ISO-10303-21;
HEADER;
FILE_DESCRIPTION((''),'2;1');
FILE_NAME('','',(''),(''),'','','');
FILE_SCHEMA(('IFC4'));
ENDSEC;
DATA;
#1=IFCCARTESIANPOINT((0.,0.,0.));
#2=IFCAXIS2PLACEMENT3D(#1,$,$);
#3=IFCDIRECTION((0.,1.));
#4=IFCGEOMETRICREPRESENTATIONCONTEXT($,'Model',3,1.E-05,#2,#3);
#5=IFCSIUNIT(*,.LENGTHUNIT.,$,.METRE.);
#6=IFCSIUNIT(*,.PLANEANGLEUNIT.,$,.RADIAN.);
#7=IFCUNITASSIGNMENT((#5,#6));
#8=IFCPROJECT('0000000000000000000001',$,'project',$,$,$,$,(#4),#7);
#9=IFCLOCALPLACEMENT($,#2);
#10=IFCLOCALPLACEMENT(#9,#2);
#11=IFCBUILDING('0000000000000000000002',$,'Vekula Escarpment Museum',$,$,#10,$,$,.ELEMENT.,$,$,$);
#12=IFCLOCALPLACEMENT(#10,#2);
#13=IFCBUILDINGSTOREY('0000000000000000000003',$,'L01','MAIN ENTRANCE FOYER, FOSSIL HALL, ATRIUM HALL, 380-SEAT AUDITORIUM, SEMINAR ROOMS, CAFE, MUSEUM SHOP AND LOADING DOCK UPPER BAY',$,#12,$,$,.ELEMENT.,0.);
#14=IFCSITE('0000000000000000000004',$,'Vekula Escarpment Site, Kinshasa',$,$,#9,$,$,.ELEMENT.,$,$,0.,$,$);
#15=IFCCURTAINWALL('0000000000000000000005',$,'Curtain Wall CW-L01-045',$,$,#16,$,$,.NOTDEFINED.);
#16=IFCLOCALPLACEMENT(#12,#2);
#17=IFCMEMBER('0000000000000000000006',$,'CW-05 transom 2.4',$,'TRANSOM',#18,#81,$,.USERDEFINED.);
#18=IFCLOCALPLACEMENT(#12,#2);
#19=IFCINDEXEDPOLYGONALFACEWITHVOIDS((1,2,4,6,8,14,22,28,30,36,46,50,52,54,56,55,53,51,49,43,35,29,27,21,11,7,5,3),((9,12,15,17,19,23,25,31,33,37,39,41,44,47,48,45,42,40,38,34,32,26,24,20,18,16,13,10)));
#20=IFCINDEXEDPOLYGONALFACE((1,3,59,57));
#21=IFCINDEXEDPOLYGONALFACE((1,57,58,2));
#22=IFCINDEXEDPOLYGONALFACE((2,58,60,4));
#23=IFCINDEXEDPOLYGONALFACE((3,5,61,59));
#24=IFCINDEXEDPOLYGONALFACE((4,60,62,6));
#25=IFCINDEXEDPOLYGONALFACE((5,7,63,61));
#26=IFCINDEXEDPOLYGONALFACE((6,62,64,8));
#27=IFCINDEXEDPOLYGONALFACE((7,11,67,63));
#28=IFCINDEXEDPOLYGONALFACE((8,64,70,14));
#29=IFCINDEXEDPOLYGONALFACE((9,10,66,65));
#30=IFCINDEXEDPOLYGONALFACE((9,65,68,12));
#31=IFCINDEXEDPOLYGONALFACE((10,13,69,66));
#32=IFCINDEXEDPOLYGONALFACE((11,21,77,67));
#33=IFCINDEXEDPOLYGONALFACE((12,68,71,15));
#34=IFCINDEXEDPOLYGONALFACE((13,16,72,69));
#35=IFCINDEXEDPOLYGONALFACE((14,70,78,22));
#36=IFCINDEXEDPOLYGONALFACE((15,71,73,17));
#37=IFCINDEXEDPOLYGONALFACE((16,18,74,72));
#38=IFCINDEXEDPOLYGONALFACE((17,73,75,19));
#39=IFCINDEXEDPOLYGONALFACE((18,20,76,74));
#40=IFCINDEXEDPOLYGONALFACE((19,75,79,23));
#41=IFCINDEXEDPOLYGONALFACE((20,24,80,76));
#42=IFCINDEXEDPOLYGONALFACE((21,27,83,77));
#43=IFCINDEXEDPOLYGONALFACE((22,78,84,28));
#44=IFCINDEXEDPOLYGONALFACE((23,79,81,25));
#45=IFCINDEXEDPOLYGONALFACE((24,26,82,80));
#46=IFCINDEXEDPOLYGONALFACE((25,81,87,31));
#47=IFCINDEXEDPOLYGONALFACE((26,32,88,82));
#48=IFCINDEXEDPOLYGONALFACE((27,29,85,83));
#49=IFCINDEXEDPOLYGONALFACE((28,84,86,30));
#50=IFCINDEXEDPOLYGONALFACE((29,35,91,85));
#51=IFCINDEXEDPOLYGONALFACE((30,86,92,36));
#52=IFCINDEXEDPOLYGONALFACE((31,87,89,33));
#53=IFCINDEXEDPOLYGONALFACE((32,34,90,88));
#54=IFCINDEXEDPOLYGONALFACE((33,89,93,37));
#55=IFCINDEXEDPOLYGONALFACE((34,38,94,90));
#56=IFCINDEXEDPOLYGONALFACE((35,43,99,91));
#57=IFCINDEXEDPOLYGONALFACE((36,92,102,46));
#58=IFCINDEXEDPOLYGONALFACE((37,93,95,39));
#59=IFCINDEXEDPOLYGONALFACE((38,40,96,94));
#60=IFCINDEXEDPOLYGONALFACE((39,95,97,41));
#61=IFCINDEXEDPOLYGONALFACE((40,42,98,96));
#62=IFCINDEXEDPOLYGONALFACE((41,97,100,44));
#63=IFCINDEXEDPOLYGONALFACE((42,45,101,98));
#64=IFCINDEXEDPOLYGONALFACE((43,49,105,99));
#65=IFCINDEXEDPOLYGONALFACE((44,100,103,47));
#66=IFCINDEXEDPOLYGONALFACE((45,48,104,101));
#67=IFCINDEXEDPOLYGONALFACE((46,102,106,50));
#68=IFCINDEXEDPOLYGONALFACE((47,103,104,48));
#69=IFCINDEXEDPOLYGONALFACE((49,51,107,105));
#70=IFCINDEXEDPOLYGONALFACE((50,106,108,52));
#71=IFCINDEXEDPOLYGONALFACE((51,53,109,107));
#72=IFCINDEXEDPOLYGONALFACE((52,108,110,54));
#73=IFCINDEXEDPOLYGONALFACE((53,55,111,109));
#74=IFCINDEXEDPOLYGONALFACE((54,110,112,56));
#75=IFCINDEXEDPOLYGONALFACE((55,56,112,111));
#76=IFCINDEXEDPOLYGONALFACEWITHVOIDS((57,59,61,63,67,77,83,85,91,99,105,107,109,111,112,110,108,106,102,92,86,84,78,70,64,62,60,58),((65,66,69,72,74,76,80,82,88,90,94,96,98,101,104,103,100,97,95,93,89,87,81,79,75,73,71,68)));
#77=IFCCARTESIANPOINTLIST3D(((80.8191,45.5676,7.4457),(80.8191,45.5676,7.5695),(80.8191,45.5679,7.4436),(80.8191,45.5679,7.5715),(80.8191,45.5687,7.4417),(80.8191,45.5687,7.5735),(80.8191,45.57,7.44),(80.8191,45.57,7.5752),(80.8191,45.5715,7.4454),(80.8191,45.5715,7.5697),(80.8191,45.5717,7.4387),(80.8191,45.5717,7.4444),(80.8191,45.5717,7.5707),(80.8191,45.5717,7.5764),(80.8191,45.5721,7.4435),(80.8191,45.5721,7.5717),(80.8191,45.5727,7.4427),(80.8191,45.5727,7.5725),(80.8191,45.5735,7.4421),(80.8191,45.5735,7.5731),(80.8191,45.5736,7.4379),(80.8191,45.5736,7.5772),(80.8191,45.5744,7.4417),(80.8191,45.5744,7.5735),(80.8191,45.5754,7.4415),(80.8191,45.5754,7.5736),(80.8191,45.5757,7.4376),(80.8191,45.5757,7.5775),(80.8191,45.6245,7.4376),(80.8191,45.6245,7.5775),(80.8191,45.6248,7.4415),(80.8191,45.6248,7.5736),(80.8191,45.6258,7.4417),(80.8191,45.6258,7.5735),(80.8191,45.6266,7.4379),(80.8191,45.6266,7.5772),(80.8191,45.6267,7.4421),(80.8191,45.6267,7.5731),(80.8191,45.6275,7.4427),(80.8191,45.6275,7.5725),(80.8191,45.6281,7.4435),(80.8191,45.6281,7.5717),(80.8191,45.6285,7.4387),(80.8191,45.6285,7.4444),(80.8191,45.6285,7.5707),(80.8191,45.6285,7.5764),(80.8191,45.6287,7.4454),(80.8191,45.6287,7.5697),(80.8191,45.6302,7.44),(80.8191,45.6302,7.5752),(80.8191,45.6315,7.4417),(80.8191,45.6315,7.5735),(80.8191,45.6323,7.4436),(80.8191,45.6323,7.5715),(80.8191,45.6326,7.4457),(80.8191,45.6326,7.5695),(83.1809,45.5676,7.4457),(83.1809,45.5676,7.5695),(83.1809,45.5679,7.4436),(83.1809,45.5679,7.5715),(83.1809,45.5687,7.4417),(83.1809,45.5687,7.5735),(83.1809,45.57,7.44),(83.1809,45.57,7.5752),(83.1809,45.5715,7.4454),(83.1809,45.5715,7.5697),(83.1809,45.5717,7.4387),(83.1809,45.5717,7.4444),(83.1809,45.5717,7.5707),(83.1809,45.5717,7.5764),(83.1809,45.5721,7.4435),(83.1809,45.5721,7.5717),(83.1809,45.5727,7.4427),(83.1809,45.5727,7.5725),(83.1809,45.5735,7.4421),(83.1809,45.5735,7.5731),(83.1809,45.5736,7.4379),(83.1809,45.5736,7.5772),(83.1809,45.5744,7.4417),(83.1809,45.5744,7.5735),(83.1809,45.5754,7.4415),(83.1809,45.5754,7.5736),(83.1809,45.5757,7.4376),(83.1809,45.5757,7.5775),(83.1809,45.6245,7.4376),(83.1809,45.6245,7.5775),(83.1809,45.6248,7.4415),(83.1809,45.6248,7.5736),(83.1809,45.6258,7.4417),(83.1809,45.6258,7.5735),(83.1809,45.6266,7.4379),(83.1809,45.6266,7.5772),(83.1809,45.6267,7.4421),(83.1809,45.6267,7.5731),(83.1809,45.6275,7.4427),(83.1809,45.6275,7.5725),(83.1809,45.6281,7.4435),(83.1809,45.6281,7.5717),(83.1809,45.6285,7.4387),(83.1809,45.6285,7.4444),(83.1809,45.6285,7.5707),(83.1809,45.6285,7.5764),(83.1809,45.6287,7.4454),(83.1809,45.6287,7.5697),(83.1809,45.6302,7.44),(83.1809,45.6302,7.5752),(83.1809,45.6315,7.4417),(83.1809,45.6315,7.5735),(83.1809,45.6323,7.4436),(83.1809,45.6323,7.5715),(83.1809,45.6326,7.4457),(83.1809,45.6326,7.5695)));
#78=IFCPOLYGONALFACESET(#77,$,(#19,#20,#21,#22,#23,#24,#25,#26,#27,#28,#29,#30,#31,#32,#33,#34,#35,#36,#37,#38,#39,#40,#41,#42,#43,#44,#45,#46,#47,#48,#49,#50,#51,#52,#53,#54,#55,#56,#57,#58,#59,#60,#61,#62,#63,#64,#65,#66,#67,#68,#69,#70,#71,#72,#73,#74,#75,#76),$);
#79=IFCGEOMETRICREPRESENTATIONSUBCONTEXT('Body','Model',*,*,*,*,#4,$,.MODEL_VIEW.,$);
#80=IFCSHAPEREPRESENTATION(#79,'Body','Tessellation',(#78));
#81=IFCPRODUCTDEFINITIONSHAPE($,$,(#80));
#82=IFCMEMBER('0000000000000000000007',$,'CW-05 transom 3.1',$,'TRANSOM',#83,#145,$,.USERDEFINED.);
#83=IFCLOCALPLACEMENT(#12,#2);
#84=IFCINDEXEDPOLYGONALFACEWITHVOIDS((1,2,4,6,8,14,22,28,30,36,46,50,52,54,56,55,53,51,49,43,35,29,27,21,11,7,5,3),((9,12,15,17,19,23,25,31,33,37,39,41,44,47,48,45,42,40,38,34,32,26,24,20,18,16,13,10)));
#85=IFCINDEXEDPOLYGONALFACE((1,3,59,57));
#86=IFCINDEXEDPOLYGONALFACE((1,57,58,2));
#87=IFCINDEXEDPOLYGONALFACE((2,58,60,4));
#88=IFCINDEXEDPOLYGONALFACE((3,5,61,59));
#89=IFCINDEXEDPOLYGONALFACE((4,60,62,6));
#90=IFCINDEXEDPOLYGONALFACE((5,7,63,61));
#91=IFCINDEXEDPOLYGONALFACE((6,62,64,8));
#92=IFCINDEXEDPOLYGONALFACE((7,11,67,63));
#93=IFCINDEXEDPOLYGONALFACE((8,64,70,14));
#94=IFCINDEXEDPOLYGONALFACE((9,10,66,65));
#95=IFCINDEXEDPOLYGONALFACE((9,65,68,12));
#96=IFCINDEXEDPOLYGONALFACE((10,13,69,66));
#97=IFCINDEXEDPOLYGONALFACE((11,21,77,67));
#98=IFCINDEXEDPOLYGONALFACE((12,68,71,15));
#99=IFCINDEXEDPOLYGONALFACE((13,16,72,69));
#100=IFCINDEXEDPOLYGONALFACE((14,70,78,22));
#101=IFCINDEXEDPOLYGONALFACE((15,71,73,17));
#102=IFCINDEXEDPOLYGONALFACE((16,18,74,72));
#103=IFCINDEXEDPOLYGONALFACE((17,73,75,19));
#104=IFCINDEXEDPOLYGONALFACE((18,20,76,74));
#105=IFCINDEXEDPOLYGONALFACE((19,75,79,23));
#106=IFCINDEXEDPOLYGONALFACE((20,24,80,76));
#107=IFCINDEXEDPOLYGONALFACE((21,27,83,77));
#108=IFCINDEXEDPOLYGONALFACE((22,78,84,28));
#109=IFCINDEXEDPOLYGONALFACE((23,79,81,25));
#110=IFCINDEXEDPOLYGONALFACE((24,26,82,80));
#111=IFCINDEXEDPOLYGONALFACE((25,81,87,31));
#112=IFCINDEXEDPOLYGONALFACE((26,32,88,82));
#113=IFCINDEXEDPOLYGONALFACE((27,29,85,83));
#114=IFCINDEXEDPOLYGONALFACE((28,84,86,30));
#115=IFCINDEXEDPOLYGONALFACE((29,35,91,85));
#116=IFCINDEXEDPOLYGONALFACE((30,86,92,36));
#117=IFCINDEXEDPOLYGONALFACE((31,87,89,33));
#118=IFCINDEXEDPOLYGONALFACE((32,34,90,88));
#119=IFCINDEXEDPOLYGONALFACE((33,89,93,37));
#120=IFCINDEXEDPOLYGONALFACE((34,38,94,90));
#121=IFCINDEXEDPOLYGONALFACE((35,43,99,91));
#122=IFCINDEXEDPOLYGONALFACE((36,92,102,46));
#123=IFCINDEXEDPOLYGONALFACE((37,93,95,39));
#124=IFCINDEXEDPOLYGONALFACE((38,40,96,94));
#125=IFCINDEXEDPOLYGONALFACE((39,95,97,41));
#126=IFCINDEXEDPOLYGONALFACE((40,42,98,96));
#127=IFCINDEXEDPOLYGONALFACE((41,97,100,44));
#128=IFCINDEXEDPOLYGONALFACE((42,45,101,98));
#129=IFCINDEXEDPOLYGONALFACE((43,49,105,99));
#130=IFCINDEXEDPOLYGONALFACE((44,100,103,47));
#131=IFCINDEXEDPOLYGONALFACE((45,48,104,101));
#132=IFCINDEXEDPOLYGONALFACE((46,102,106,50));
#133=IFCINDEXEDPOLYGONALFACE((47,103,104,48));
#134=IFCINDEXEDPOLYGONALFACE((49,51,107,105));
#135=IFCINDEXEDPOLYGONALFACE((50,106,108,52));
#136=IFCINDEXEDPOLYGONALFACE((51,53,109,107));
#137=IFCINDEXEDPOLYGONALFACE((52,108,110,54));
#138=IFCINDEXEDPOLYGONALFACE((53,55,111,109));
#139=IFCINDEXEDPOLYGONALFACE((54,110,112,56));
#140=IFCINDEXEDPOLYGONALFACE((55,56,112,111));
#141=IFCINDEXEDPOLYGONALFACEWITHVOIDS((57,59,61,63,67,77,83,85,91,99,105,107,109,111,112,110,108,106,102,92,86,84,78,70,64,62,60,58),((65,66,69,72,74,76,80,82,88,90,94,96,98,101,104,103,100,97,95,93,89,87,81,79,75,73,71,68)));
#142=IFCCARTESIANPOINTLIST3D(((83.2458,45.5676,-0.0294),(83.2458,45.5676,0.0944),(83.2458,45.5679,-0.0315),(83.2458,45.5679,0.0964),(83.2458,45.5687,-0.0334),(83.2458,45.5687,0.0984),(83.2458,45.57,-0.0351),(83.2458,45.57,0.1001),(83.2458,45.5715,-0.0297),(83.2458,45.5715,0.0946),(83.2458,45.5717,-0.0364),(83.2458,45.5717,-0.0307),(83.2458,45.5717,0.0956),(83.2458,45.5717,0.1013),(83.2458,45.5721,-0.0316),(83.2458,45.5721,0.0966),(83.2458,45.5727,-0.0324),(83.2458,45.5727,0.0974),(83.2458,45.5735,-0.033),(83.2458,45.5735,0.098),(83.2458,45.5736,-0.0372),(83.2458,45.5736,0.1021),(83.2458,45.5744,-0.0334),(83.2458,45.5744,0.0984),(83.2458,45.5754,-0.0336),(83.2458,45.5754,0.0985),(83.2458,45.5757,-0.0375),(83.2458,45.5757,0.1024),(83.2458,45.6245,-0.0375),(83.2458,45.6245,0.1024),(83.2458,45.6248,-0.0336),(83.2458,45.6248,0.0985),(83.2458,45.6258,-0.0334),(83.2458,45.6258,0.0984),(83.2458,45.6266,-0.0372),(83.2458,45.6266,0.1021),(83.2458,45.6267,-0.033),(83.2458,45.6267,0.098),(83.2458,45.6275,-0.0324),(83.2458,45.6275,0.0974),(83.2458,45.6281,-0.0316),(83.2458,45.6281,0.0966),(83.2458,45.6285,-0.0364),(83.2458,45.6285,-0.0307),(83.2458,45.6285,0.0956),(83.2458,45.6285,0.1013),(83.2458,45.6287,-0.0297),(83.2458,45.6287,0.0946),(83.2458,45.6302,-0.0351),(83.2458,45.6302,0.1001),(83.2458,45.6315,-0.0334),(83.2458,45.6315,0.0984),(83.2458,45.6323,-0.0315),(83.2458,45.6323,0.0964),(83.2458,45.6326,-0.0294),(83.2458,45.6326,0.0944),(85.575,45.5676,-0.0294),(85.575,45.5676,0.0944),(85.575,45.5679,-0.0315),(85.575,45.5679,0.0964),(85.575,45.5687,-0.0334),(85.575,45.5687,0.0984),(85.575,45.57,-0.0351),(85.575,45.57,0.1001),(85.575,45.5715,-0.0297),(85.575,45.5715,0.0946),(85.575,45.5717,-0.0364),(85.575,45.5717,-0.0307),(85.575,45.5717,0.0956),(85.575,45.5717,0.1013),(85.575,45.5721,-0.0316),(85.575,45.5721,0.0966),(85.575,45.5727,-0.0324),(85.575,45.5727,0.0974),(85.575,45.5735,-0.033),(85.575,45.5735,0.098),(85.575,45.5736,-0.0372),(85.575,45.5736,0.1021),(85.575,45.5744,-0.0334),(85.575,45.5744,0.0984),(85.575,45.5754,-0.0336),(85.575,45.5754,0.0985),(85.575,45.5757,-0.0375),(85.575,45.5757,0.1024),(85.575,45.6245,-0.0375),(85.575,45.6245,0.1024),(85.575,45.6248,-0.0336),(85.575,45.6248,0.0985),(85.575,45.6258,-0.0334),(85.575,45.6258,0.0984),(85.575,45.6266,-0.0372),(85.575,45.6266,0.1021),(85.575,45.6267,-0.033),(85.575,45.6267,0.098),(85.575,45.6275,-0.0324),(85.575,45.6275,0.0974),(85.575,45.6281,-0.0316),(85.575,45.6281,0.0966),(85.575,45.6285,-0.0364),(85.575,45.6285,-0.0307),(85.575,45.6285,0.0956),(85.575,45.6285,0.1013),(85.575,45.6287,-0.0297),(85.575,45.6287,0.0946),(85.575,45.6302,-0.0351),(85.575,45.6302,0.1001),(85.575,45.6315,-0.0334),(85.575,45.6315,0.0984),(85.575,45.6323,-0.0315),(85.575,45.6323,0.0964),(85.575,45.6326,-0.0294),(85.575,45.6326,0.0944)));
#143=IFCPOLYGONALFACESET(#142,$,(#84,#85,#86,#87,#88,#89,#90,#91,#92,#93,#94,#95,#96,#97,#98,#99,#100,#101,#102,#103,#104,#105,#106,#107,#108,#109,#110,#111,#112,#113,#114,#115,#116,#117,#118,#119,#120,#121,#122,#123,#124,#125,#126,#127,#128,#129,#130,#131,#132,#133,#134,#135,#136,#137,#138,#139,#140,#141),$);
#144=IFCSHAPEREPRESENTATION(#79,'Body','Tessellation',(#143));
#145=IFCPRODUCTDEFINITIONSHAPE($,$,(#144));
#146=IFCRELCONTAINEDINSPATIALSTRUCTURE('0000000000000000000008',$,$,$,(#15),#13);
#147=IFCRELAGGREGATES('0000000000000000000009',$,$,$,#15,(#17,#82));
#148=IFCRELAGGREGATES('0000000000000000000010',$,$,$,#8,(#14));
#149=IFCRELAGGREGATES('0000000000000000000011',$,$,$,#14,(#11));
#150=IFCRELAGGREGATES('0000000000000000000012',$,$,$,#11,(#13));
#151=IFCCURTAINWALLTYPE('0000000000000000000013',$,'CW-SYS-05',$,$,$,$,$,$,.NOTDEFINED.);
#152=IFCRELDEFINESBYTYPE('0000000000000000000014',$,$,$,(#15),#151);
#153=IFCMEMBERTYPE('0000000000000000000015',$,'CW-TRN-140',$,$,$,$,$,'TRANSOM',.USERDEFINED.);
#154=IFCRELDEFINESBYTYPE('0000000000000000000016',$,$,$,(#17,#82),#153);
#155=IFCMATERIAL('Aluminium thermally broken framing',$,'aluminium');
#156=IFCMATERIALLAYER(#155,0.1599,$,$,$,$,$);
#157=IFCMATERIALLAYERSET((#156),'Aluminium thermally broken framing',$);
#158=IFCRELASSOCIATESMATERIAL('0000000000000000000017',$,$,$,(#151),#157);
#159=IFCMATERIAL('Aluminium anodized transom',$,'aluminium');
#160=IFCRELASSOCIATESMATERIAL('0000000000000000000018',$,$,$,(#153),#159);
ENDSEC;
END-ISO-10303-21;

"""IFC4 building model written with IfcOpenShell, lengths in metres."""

from ifc_helpers import new_model, si_unit, direction, frame, origin, origin_2d, place, context, subcontext, project, spatial, hollow_rectangle, extrude, material, layer, layer_set, material_profile, profile_set, type_object, element, aggregate, save


model = new_model("IFC4")

# Units and contexts
model_context = context("Model", 3, precision=1e-05, world=origin(), true_north=direction((0.0, 1.0)))
body_context = subcontext(model_context, "Body", "Model", "MODEL_VIEW")
ifc_project = project(units=[si_unit("LENGTHUNIT", "METRE"), si_unit("PLANEANGLEUNIT", "RADIAN")], contexts=[model_context])

# Site, building, storey
site_placement = place(None, origin())
site = spatial("IfcSite", under=ifc_project, at=site_placement, Name="Vekula Escarpment Site, Kinshasa", CompositionType="ELEMENT", RefElevation=0.0)
building_placement = place(site_placement, origin())
building = spatial("IfcBuilding", under=site, at=building_placement, Name="Vekula Escarpment Museum", CompositionType="ELEMENT")
storey_placement = place(building_placement, origin())
storey = spatial("IfcBuildingStorey", under=building, at=storey_placement, Name="L01", Description="MAIN ENTRANCE FOYER, FOSSIL HALL, ATRIUM HALL, 380-SEAT AUDITORIUM, SEMINAR ROOMS, CAFE, MUSEUM SHOP AND LOADING DOCK UPPER BAY", CompositionType="ELEMENT", Elevation=0.0)

# Curtain wall, members
ifc_material_1 = material(Name="Aluminium thermally broken framing", Category="aluminium")
ifc_layer_1 = layer(ifc_material_1, 0.1599)
ifc_layer_set_1 = layer_set([ifc_layer_1], Name="Aluminium thermally broken framing")
curtain_wall_type = type_object("IfcCurtainWallType", Name="CW-SYS-05", PredefinedType="NOTDEFINED", material=ifc_layer_set_1)
curtain_wall_placement = place(storey_placement, origin())
curtain_wall = element("IfcCurtainWall", 1, at=curtain_wall_placement, inside=storey, type_object=curtain_wall_type, Name="Curtain Wall CW-L01-045", PredefinedType="NOTDEFINED")
ifc_material_2 = material(Name="Aluminium anodized transom", Category="aluminium")
ifc_material_profile_1 = material_profile(ifc_material_2, hollow_rectangle(XDim=0.0649, YDim=0.1399, WallThickness=0.0039, InnerFilletRadius=0.0039, OuterFilletRadius=0.0081, at=origin_2d()), Name="ALU 140x65x4")
ifc_profile_set_1 = profile_set([ifc_material_profile_1], Name="Aluminium anodized transom")
member_type_1 = type_object("IfcMemberType", Name="CW-TRN-140", ElementType="TRANSOM", PredefinedType="USERDEFINED", material=ifc_profile_set_1)
member_1_placement = place(storey_placement, frame((80.8191, 45.6001, 7.5076), z_axis=(1.0, 0.0, 0.0), x_axis=(0.0, 1.0, 0.0)))
member_1 = element("IfcMember", 2, at=member_1_placement, type_object=member_type_1, Name="CW-05 transom 2.4", ObjectType="TRANSOM", PredefinedType="USERDEFINED", context=body_context, shape_type="SweptSolid", body=[
    extrude(hollow_rectangle(XDim=0.0649, YDim=0.1399, WallThickness=0.0039, InnerFilletRadius=0.0039, OuterFilletRadius=0.0081, at=origin_2d()), origin(), (0.0, 0.0, 1.0), 2.3618),
])
member_2_placement = place(storey_placement, frame((83.2458, 45.6001, 0.0325), z_axis=(1.0, 0.0, 0.0), x_axis=(0.0, 1.0, 0.0)))
member_2 = element("IfcMember", 3, at=member_2_placement, type_object=member_type_1, Name="CW-05 transom 3.1", ObjectType="TRANSOM", PredefinedType="USERDEFINED", context=body_context, shape_type="SweptSolid", body=[
    extrude(hollow_rectangle(XDim=0.0649, YDim=0.1399, WallThickness=0.0039, InnerFilletRadius=0.0039, OuterFilletRadius=0.0081, at=origin_2d()), origin(), (0.0, 0.0, 1.0), 2.3291),
])

aggregate(curtain_wall, [member_1, member_2])

save(model, "model.ifc")
